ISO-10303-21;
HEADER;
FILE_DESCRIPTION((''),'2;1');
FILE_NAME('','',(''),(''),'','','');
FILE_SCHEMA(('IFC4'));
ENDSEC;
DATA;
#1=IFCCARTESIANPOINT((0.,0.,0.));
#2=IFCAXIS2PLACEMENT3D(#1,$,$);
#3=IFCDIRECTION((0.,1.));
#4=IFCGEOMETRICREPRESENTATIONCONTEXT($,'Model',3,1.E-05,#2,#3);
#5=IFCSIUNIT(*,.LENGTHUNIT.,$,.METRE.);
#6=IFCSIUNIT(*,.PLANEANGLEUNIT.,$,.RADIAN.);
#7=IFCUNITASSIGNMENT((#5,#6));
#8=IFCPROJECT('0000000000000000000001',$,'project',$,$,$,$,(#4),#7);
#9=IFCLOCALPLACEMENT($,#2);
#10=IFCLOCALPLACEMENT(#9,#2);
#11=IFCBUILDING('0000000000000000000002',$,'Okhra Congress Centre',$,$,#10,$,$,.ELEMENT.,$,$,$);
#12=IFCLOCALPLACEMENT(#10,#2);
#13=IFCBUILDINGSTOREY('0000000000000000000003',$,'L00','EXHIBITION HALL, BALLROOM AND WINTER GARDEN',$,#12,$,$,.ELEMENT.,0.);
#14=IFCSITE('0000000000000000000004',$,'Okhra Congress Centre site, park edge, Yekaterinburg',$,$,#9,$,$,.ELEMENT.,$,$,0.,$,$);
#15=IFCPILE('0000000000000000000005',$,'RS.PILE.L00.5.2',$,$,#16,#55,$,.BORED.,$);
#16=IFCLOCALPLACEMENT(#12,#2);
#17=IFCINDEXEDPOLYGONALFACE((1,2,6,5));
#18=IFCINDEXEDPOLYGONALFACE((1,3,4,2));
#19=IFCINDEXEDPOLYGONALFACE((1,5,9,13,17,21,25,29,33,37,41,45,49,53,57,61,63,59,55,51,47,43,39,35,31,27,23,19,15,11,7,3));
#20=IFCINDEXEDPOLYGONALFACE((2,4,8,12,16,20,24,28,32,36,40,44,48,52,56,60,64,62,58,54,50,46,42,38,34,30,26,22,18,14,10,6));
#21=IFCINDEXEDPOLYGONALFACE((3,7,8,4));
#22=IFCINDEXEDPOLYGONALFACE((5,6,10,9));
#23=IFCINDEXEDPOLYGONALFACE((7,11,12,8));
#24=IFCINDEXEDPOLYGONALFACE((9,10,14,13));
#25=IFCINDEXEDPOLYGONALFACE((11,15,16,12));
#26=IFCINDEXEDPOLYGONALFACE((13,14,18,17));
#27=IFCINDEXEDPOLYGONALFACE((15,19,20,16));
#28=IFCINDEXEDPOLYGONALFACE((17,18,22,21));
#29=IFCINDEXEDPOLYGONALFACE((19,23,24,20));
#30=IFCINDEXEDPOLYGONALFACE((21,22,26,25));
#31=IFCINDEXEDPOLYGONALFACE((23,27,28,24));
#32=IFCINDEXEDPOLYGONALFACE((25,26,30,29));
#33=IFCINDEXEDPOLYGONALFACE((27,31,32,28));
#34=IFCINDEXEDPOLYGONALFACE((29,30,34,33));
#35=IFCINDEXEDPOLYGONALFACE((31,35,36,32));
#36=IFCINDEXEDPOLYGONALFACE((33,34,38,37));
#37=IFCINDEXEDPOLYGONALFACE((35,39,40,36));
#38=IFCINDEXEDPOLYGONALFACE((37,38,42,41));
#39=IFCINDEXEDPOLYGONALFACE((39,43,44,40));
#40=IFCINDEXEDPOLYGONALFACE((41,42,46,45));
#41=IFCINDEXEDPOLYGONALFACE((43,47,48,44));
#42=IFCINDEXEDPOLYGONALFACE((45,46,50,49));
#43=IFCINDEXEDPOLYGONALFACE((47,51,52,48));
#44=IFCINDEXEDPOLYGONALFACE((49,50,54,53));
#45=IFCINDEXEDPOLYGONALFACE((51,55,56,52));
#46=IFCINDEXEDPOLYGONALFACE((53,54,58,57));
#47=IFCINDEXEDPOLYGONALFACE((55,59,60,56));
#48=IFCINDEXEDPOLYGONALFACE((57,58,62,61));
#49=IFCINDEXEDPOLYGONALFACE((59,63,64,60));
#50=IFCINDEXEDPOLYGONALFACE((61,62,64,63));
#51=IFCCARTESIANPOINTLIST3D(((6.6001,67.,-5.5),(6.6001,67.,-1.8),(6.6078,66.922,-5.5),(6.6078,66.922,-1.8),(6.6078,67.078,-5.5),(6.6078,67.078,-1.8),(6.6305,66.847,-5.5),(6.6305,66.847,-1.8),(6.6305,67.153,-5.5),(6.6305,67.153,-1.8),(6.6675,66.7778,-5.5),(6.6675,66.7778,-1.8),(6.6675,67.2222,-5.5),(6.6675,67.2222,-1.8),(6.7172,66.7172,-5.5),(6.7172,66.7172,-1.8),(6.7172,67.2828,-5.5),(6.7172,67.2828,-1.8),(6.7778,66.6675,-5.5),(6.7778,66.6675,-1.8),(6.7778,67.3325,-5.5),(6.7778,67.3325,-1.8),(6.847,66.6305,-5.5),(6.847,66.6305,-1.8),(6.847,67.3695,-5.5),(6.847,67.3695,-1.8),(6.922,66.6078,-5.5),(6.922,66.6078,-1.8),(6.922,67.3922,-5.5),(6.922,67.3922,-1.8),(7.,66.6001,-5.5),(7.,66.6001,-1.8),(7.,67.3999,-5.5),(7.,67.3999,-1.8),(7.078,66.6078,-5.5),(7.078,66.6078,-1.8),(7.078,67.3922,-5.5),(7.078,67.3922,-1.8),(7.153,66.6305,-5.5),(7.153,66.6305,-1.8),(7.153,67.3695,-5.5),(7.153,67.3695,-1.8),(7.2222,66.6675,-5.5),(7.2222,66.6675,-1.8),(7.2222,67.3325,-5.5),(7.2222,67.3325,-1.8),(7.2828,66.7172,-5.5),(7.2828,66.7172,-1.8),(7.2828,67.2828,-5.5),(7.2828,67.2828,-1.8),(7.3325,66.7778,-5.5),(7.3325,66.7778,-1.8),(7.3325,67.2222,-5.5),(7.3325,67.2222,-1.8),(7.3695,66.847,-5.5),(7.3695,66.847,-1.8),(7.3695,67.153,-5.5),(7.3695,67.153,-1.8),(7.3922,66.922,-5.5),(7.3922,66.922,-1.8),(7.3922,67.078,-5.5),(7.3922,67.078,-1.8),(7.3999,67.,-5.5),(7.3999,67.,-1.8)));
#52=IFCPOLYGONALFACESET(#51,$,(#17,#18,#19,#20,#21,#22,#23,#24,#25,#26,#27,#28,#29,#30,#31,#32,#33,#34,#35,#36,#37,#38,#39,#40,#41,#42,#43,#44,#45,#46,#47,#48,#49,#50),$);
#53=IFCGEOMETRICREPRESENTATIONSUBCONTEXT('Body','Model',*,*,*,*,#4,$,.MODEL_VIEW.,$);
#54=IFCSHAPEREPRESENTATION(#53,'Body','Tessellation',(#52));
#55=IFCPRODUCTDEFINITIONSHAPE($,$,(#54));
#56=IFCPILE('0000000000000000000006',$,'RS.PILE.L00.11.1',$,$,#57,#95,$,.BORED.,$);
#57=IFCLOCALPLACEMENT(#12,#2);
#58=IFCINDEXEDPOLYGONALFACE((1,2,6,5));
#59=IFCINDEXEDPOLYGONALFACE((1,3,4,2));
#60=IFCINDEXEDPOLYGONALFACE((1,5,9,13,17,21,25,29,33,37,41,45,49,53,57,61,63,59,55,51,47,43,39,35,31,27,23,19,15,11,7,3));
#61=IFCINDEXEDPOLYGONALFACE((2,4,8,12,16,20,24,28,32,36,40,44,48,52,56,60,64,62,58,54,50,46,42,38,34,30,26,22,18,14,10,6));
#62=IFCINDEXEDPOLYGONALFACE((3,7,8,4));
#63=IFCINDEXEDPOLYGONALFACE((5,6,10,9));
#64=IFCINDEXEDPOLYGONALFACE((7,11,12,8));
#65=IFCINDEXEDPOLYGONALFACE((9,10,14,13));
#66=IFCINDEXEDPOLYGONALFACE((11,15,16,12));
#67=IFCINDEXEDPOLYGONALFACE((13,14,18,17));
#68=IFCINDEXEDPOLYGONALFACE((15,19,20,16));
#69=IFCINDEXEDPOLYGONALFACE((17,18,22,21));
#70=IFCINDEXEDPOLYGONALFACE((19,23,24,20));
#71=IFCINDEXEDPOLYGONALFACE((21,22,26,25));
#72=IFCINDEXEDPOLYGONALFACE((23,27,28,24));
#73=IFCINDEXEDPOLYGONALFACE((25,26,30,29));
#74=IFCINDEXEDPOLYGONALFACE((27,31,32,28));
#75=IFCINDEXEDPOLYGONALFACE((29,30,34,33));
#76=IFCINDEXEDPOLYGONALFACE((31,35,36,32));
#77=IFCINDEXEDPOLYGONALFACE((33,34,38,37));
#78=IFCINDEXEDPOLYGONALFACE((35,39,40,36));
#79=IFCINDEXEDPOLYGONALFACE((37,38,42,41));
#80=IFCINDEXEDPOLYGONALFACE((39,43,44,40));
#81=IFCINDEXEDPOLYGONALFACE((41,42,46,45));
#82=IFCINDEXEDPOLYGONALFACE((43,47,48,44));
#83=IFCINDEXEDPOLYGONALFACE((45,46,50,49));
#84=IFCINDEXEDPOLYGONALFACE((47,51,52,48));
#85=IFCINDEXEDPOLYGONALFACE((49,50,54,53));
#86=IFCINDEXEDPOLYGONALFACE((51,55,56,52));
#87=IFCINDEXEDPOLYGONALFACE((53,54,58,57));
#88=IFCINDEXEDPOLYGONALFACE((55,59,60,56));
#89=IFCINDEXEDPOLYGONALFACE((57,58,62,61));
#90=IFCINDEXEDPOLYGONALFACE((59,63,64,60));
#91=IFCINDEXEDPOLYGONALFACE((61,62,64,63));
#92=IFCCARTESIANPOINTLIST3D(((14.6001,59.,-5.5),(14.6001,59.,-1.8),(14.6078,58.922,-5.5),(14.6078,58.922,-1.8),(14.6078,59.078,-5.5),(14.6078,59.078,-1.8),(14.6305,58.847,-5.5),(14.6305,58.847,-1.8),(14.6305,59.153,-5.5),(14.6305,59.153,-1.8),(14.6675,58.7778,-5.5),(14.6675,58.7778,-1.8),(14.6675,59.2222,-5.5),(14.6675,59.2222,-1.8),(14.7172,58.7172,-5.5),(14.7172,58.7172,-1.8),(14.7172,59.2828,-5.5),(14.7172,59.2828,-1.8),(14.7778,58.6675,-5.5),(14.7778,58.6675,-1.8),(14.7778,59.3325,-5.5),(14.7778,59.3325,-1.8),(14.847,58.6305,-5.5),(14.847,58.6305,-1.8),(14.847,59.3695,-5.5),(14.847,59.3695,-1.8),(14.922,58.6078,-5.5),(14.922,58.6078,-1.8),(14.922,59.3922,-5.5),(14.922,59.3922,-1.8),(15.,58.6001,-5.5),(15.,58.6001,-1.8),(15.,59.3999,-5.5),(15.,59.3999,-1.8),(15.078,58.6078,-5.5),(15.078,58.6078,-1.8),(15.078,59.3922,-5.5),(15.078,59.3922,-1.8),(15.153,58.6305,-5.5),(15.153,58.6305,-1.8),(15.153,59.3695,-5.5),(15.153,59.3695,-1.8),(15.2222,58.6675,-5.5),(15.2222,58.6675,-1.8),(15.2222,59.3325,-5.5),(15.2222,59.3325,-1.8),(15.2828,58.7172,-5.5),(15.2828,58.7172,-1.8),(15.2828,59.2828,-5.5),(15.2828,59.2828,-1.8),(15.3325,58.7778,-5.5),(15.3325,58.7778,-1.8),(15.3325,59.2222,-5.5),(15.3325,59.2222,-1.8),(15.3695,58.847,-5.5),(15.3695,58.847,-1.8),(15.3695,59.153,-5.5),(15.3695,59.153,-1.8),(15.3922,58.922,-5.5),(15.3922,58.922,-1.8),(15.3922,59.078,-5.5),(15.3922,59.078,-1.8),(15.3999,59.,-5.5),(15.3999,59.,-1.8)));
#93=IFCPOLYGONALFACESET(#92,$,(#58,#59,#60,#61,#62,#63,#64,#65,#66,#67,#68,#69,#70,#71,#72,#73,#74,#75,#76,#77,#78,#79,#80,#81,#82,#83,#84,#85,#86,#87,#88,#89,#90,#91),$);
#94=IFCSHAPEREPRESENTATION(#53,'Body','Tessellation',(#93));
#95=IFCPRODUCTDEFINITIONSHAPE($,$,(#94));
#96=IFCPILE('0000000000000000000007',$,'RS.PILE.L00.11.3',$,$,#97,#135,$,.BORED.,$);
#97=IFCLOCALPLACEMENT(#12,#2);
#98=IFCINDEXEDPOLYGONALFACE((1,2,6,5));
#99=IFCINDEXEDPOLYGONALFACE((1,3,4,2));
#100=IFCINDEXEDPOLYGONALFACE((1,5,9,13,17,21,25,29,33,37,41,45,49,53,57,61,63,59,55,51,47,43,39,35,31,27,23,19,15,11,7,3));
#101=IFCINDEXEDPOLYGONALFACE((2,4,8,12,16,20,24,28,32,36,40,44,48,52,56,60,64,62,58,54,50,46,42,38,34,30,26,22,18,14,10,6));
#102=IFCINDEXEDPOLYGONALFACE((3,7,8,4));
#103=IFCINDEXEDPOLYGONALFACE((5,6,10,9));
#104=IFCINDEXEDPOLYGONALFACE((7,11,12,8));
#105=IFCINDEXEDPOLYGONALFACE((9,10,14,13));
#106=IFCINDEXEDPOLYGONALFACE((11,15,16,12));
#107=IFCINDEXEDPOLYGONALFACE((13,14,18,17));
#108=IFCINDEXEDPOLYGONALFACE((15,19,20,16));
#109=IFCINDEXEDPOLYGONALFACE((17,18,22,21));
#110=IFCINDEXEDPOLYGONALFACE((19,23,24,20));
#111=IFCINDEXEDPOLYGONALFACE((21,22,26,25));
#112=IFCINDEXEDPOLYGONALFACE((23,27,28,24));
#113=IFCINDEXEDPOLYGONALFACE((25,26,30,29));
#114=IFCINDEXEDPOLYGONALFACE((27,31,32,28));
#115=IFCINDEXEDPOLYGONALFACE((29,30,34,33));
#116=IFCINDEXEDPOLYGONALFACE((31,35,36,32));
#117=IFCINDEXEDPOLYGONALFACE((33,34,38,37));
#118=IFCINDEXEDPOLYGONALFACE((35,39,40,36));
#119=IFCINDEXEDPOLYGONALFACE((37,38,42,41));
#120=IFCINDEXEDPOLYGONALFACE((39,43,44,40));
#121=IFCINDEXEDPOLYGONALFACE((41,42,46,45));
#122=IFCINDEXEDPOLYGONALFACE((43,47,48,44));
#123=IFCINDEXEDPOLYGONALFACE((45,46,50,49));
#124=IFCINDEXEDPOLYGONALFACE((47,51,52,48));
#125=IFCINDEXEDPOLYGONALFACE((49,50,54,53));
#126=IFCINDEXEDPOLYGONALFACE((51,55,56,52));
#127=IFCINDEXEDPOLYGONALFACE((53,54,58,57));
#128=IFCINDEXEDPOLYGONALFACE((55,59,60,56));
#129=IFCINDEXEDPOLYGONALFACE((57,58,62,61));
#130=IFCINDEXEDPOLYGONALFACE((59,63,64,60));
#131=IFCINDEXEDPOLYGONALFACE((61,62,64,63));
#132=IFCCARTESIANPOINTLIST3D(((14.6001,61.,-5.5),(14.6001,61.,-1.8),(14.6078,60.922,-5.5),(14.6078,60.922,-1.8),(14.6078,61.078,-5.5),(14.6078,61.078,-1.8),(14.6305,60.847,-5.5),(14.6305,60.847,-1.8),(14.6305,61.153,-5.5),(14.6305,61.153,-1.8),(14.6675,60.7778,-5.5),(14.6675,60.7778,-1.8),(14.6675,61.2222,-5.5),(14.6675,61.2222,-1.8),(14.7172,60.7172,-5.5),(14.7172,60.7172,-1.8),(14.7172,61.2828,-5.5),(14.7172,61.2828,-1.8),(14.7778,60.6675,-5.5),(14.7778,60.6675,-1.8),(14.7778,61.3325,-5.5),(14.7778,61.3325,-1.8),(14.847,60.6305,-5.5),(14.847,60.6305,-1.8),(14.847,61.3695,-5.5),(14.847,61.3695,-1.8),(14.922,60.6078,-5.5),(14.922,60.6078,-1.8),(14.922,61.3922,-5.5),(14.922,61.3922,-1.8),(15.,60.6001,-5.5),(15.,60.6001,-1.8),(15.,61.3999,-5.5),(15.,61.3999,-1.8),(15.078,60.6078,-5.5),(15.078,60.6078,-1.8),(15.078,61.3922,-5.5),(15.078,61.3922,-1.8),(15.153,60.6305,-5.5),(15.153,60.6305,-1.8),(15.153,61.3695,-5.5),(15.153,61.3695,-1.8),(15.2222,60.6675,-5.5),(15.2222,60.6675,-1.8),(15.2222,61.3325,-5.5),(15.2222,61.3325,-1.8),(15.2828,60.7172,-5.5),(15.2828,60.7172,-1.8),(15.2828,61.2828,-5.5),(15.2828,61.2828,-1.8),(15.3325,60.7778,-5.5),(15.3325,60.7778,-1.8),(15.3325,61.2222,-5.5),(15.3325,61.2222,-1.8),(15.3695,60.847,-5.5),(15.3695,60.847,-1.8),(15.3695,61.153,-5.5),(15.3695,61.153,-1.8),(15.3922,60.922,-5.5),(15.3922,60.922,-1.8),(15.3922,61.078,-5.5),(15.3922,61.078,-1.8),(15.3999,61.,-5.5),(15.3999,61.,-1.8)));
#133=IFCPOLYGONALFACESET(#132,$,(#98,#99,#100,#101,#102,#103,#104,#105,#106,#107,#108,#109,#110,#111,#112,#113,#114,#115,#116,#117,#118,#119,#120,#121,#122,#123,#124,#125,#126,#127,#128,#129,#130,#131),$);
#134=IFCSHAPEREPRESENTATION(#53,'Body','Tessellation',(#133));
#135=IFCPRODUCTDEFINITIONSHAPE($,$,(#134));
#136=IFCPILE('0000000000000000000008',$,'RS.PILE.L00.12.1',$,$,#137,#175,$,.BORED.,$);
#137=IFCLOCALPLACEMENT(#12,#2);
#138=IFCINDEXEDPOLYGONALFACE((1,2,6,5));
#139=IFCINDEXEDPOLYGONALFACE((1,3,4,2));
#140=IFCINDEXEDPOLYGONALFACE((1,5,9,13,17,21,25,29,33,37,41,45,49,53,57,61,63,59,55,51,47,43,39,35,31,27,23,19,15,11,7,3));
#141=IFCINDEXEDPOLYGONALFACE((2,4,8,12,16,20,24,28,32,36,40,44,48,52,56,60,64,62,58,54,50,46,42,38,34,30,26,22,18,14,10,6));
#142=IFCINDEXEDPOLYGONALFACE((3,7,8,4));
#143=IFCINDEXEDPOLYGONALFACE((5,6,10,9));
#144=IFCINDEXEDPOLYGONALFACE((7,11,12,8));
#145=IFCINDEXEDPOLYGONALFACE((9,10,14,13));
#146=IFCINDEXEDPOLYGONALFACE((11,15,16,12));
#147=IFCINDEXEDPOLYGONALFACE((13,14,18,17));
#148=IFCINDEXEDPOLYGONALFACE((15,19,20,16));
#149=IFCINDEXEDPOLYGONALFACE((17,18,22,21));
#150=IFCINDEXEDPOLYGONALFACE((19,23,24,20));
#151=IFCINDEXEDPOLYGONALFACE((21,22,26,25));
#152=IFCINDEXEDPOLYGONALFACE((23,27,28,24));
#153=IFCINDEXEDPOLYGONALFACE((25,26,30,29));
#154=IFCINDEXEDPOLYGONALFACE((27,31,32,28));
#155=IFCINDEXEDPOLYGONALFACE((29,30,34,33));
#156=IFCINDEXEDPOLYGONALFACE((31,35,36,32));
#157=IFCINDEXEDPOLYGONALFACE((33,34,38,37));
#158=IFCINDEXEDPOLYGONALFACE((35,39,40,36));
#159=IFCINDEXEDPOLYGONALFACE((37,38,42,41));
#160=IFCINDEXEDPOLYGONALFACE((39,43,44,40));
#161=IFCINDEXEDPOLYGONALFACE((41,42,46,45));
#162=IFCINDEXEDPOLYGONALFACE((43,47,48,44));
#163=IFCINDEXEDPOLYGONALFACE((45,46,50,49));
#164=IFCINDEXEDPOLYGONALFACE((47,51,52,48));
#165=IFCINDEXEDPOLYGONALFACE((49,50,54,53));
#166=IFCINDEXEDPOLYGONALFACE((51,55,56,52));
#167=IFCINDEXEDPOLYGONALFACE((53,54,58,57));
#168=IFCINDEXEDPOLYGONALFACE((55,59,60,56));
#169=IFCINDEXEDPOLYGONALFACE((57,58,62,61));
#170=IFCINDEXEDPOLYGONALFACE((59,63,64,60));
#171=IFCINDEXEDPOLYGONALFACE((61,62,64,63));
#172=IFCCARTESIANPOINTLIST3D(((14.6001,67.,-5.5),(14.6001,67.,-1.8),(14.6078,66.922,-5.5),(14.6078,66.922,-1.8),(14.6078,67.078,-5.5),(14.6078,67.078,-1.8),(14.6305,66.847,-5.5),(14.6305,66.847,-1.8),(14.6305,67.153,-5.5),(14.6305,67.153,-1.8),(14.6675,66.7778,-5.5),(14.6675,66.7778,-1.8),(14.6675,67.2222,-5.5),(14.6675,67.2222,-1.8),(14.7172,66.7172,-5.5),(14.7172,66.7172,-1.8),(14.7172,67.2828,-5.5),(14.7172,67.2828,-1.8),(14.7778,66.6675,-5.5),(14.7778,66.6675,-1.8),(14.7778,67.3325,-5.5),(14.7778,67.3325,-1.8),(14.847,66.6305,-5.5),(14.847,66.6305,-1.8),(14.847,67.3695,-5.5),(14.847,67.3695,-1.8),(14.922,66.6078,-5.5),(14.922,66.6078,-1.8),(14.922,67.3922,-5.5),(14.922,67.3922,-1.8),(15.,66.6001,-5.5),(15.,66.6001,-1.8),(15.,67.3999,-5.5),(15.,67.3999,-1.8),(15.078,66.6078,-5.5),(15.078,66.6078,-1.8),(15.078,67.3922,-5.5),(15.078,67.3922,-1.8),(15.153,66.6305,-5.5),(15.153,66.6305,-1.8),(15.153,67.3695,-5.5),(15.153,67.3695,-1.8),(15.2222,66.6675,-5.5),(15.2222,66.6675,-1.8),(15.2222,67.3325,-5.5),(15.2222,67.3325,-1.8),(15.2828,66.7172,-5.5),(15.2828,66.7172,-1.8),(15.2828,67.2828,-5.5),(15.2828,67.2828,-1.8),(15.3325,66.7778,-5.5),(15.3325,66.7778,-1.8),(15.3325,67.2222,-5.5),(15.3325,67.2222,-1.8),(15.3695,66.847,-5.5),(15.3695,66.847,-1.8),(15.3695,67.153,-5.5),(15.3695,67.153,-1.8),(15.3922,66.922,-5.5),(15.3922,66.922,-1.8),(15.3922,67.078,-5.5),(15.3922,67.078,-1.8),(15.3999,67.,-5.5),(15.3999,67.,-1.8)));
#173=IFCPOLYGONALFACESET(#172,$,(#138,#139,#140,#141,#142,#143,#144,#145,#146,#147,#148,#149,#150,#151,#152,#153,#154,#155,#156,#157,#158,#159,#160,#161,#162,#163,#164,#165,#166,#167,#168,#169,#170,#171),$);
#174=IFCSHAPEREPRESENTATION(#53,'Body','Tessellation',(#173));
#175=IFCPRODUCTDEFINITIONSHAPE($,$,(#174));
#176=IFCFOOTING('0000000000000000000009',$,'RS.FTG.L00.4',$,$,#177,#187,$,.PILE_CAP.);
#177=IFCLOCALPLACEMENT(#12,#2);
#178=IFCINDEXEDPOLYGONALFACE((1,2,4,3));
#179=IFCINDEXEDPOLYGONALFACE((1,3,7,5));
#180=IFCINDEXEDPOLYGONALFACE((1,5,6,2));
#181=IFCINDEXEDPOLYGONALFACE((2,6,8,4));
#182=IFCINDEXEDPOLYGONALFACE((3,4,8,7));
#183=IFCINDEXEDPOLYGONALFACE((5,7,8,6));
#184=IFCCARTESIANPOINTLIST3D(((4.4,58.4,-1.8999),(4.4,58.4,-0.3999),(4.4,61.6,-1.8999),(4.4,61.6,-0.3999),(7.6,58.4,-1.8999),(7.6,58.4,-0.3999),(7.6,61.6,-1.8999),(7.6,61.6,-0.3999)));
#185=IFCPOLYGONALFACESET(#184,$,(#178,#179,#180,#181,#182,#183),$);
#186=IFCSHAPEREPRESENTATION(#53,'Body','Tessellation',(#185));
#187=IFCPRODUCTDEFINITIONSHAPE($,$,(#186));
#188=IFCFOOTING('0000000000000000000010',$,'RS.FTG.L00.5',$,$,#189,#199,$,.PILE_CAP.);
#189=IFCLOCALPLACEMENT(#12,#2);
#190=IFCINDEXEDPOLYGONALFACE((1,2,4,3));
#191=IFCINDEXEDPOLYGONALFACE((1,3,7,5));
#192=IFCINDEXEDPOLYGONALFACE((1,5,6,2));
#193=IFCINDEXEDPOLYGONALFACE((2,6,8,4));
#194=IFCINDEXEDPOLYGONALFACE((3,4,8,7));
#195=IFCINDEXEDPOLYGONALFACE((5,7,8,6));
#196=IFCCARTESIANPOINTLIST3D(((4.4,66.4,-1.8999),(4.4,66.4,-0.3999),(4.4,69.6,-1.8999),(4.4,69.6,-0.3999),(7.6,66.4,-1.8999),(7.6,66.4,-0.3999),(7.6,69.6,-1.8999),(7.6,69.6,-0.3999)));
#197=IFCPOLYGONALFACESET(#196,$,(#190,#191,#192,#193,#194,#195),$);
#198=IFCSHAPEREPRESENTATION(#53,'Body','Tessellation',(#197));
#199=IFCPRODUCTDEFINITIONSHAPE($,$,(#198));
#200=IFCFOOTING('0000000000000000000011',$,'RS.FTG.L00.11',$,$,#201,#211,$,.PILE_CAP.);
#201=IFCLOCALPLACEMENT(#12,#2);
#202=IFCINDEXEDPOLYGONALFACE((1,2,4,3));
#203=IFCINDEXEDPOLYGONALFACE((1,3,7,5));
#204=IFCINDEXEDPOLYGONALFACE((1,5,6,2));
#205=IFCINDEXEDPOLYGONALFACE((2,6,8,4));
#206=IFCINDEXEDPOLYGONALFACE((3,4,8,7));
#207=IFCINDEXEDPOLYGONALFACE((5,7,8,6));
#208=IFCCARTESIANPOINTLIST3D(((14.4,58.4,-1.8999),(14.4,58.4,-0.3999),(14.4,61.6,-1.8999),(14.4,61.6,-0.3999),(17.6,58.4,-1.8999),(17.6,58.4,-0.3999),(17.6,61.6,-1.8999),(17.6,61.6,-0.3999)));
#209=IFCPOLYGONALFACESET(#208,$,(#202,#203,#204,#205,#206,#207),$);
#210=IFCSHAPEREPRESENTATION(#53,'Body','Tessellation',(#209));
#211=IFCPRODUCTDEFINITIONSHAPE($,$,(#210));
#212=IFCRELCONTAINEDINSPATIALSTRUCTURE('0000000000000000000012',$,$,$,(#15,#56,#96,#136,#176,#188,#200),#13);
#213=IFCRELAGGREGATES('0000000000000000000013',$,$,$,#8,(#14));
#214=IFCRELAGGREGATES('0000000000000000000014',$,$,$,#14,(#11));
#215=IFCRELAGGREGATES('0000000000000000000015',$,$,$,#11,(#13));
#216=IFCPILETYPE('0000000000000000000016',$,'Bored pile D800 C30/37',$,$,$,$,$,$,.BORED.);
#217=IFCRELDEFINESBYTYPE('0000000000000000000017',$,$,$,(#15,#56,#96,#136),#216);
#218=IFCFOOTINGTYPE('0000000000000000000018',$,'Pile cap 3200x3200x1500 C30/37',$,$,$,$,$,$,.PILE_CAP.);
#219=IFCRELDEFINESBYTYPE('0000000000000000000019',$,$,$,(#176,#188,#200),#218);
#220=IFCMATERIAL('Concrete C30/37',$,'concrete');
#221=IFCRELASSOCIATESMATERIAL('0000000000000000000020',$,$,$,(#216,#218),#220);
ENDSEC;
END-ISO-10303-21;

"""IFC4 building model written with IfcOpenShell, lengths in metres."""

from ifc_helpers import new_model, si_unit, direction, frame, origin, origin_2d, place, context, subcontext, project, spatial, rectangle, circle, extrude, material, material_profile, profile_set, type_object, element, save


model = new_model("IFC4")

# Units and contexts
model_context = context("Model", 3, precision=1e-05, world=origin(), true_north=direction((0.0, 1.0)))
body_context = subcontext(model_context, "Body", "Model", "MODEL_VIEW")
ifc_project = project(units=[si_unit("LENGTHUNIT", "METRE"), si_unit("PLANEANGLEUNIT", "RADIAN")], contexts=[model_context])

# Site, building, storey
site_placement = place(None, origin())
site = spatial("IfcSite", under=ifc_project, at=site_placement, Name="Okhra Congress Centre site, park edge, Yekaterinburg", CompositionType="ELEMENT", RefElevation=0.0)
building_placement = place(site_placement, origin())
building = spatial("IfcBuilding", under=site, at=building_placement, Name="Okhra Congress Centre", CompositionType="ELEMENT")
storey_placement = place(building_placement, origin())
storey = spatial("IfcBuildingStorey", under=building, at=storey_placement, Name="L00", Description="EXHIBITION HALL, BALLROOM AND WINTER GARDEN", CompositionType="ELEMENT", Elevation=0.0)

# Piles
ifc_material_1 = material(Name="Concrete C30/37", Category="concrete")
ifc_material_profile_1 = material_profile(ifc_material_1, circle(Radius=0.3999, at=origin_2d()), Name="D800")
ifc_profile_set_1 = profile_set([ifc_material_profile_1], Name="Concrete C30/37")
pile_type = type_object("IfcPileType", Name="Bored pile D800 C30/37", PredefinedType="BORED", material=ifc_profile_set_1)
for number, where, z_axis, x_axis, name in (
    (1, (7.0, 67.0, -1.8), (0.0, 0.0, -1.0), (1.0, 0.0, 0.0), "RS.PILE.L00.5.2"),
    (2, (15.0, 59.0, -1.8), (0.0, 0.0, -1.0), (1.0, 0.0, 0.0), "RS.PILE.L00.11.1"),
    (3, (15.0, 61.0, -1.8), (0.0, 0.0, -1.0), (1.0, 0.0, 0.0), "RS.PILE.L00.11.3"),
    (4, (15.0, 67.0, -1.8), (0.0, 0.0, -1.0), (1.0, 0.0, 0.0), "RS.PILE.L00.12.1"),
):
    element("IfcPile", number, at=place(storey_placement, frame(where, z_axis=z_axis, x_axis=x_axis)), inside=storey, type_object=pile_type, Name=name, PredefinedType="BORED", context=body_context, shape_type="SweptSolid", body=[
        extrude(circle(Radius=0.3999, at=origin_2d()), origin(), (0.0, 0.0, 1.0), 3.7),
    ])

# Footings
footing_type = type_object("IfcFootingType", Name="Pile cap 3200x3200x1500 C30/37", PredefinedType="PILE_CAP", material=ifc_material_1)
for number, where, z_axis, x_axis, name in (
    (5, (6.0, 60.0, -1.8999), (0.0, 0.0, 1.0), (1.0, 0.0, 0.0), "RS.FTG.L00.4"),
    (6, (6.0, 68.0, -1.8999), (0.0, 0.0, 1.0), (1.0, 0.0, 0.0), "RS.FTG.L00.5"),
    (7, (16.0, 60.0, -1.8999), (0.0, 0.0, 1.0), (1.0, 0.0, 0.0), "RS.FTG.L00.11"),
):
    element("IfcFooting", number, at=place(storey_placement, frame(where, z_axis=z_axis, x_axis=x_axis)), inside=storey, type_object=footing_type, Name=name, PredefinedType="PILE_CAP", context=body_context, shape_type="SweptSolid", body=[
        extrude(rectangle(XDim=3.2, YDim=3.2, at=origin_2d()), origin(), (0.0, 0.0, 1.0), 1.5),
    ])

save(model, "model.ifc")
